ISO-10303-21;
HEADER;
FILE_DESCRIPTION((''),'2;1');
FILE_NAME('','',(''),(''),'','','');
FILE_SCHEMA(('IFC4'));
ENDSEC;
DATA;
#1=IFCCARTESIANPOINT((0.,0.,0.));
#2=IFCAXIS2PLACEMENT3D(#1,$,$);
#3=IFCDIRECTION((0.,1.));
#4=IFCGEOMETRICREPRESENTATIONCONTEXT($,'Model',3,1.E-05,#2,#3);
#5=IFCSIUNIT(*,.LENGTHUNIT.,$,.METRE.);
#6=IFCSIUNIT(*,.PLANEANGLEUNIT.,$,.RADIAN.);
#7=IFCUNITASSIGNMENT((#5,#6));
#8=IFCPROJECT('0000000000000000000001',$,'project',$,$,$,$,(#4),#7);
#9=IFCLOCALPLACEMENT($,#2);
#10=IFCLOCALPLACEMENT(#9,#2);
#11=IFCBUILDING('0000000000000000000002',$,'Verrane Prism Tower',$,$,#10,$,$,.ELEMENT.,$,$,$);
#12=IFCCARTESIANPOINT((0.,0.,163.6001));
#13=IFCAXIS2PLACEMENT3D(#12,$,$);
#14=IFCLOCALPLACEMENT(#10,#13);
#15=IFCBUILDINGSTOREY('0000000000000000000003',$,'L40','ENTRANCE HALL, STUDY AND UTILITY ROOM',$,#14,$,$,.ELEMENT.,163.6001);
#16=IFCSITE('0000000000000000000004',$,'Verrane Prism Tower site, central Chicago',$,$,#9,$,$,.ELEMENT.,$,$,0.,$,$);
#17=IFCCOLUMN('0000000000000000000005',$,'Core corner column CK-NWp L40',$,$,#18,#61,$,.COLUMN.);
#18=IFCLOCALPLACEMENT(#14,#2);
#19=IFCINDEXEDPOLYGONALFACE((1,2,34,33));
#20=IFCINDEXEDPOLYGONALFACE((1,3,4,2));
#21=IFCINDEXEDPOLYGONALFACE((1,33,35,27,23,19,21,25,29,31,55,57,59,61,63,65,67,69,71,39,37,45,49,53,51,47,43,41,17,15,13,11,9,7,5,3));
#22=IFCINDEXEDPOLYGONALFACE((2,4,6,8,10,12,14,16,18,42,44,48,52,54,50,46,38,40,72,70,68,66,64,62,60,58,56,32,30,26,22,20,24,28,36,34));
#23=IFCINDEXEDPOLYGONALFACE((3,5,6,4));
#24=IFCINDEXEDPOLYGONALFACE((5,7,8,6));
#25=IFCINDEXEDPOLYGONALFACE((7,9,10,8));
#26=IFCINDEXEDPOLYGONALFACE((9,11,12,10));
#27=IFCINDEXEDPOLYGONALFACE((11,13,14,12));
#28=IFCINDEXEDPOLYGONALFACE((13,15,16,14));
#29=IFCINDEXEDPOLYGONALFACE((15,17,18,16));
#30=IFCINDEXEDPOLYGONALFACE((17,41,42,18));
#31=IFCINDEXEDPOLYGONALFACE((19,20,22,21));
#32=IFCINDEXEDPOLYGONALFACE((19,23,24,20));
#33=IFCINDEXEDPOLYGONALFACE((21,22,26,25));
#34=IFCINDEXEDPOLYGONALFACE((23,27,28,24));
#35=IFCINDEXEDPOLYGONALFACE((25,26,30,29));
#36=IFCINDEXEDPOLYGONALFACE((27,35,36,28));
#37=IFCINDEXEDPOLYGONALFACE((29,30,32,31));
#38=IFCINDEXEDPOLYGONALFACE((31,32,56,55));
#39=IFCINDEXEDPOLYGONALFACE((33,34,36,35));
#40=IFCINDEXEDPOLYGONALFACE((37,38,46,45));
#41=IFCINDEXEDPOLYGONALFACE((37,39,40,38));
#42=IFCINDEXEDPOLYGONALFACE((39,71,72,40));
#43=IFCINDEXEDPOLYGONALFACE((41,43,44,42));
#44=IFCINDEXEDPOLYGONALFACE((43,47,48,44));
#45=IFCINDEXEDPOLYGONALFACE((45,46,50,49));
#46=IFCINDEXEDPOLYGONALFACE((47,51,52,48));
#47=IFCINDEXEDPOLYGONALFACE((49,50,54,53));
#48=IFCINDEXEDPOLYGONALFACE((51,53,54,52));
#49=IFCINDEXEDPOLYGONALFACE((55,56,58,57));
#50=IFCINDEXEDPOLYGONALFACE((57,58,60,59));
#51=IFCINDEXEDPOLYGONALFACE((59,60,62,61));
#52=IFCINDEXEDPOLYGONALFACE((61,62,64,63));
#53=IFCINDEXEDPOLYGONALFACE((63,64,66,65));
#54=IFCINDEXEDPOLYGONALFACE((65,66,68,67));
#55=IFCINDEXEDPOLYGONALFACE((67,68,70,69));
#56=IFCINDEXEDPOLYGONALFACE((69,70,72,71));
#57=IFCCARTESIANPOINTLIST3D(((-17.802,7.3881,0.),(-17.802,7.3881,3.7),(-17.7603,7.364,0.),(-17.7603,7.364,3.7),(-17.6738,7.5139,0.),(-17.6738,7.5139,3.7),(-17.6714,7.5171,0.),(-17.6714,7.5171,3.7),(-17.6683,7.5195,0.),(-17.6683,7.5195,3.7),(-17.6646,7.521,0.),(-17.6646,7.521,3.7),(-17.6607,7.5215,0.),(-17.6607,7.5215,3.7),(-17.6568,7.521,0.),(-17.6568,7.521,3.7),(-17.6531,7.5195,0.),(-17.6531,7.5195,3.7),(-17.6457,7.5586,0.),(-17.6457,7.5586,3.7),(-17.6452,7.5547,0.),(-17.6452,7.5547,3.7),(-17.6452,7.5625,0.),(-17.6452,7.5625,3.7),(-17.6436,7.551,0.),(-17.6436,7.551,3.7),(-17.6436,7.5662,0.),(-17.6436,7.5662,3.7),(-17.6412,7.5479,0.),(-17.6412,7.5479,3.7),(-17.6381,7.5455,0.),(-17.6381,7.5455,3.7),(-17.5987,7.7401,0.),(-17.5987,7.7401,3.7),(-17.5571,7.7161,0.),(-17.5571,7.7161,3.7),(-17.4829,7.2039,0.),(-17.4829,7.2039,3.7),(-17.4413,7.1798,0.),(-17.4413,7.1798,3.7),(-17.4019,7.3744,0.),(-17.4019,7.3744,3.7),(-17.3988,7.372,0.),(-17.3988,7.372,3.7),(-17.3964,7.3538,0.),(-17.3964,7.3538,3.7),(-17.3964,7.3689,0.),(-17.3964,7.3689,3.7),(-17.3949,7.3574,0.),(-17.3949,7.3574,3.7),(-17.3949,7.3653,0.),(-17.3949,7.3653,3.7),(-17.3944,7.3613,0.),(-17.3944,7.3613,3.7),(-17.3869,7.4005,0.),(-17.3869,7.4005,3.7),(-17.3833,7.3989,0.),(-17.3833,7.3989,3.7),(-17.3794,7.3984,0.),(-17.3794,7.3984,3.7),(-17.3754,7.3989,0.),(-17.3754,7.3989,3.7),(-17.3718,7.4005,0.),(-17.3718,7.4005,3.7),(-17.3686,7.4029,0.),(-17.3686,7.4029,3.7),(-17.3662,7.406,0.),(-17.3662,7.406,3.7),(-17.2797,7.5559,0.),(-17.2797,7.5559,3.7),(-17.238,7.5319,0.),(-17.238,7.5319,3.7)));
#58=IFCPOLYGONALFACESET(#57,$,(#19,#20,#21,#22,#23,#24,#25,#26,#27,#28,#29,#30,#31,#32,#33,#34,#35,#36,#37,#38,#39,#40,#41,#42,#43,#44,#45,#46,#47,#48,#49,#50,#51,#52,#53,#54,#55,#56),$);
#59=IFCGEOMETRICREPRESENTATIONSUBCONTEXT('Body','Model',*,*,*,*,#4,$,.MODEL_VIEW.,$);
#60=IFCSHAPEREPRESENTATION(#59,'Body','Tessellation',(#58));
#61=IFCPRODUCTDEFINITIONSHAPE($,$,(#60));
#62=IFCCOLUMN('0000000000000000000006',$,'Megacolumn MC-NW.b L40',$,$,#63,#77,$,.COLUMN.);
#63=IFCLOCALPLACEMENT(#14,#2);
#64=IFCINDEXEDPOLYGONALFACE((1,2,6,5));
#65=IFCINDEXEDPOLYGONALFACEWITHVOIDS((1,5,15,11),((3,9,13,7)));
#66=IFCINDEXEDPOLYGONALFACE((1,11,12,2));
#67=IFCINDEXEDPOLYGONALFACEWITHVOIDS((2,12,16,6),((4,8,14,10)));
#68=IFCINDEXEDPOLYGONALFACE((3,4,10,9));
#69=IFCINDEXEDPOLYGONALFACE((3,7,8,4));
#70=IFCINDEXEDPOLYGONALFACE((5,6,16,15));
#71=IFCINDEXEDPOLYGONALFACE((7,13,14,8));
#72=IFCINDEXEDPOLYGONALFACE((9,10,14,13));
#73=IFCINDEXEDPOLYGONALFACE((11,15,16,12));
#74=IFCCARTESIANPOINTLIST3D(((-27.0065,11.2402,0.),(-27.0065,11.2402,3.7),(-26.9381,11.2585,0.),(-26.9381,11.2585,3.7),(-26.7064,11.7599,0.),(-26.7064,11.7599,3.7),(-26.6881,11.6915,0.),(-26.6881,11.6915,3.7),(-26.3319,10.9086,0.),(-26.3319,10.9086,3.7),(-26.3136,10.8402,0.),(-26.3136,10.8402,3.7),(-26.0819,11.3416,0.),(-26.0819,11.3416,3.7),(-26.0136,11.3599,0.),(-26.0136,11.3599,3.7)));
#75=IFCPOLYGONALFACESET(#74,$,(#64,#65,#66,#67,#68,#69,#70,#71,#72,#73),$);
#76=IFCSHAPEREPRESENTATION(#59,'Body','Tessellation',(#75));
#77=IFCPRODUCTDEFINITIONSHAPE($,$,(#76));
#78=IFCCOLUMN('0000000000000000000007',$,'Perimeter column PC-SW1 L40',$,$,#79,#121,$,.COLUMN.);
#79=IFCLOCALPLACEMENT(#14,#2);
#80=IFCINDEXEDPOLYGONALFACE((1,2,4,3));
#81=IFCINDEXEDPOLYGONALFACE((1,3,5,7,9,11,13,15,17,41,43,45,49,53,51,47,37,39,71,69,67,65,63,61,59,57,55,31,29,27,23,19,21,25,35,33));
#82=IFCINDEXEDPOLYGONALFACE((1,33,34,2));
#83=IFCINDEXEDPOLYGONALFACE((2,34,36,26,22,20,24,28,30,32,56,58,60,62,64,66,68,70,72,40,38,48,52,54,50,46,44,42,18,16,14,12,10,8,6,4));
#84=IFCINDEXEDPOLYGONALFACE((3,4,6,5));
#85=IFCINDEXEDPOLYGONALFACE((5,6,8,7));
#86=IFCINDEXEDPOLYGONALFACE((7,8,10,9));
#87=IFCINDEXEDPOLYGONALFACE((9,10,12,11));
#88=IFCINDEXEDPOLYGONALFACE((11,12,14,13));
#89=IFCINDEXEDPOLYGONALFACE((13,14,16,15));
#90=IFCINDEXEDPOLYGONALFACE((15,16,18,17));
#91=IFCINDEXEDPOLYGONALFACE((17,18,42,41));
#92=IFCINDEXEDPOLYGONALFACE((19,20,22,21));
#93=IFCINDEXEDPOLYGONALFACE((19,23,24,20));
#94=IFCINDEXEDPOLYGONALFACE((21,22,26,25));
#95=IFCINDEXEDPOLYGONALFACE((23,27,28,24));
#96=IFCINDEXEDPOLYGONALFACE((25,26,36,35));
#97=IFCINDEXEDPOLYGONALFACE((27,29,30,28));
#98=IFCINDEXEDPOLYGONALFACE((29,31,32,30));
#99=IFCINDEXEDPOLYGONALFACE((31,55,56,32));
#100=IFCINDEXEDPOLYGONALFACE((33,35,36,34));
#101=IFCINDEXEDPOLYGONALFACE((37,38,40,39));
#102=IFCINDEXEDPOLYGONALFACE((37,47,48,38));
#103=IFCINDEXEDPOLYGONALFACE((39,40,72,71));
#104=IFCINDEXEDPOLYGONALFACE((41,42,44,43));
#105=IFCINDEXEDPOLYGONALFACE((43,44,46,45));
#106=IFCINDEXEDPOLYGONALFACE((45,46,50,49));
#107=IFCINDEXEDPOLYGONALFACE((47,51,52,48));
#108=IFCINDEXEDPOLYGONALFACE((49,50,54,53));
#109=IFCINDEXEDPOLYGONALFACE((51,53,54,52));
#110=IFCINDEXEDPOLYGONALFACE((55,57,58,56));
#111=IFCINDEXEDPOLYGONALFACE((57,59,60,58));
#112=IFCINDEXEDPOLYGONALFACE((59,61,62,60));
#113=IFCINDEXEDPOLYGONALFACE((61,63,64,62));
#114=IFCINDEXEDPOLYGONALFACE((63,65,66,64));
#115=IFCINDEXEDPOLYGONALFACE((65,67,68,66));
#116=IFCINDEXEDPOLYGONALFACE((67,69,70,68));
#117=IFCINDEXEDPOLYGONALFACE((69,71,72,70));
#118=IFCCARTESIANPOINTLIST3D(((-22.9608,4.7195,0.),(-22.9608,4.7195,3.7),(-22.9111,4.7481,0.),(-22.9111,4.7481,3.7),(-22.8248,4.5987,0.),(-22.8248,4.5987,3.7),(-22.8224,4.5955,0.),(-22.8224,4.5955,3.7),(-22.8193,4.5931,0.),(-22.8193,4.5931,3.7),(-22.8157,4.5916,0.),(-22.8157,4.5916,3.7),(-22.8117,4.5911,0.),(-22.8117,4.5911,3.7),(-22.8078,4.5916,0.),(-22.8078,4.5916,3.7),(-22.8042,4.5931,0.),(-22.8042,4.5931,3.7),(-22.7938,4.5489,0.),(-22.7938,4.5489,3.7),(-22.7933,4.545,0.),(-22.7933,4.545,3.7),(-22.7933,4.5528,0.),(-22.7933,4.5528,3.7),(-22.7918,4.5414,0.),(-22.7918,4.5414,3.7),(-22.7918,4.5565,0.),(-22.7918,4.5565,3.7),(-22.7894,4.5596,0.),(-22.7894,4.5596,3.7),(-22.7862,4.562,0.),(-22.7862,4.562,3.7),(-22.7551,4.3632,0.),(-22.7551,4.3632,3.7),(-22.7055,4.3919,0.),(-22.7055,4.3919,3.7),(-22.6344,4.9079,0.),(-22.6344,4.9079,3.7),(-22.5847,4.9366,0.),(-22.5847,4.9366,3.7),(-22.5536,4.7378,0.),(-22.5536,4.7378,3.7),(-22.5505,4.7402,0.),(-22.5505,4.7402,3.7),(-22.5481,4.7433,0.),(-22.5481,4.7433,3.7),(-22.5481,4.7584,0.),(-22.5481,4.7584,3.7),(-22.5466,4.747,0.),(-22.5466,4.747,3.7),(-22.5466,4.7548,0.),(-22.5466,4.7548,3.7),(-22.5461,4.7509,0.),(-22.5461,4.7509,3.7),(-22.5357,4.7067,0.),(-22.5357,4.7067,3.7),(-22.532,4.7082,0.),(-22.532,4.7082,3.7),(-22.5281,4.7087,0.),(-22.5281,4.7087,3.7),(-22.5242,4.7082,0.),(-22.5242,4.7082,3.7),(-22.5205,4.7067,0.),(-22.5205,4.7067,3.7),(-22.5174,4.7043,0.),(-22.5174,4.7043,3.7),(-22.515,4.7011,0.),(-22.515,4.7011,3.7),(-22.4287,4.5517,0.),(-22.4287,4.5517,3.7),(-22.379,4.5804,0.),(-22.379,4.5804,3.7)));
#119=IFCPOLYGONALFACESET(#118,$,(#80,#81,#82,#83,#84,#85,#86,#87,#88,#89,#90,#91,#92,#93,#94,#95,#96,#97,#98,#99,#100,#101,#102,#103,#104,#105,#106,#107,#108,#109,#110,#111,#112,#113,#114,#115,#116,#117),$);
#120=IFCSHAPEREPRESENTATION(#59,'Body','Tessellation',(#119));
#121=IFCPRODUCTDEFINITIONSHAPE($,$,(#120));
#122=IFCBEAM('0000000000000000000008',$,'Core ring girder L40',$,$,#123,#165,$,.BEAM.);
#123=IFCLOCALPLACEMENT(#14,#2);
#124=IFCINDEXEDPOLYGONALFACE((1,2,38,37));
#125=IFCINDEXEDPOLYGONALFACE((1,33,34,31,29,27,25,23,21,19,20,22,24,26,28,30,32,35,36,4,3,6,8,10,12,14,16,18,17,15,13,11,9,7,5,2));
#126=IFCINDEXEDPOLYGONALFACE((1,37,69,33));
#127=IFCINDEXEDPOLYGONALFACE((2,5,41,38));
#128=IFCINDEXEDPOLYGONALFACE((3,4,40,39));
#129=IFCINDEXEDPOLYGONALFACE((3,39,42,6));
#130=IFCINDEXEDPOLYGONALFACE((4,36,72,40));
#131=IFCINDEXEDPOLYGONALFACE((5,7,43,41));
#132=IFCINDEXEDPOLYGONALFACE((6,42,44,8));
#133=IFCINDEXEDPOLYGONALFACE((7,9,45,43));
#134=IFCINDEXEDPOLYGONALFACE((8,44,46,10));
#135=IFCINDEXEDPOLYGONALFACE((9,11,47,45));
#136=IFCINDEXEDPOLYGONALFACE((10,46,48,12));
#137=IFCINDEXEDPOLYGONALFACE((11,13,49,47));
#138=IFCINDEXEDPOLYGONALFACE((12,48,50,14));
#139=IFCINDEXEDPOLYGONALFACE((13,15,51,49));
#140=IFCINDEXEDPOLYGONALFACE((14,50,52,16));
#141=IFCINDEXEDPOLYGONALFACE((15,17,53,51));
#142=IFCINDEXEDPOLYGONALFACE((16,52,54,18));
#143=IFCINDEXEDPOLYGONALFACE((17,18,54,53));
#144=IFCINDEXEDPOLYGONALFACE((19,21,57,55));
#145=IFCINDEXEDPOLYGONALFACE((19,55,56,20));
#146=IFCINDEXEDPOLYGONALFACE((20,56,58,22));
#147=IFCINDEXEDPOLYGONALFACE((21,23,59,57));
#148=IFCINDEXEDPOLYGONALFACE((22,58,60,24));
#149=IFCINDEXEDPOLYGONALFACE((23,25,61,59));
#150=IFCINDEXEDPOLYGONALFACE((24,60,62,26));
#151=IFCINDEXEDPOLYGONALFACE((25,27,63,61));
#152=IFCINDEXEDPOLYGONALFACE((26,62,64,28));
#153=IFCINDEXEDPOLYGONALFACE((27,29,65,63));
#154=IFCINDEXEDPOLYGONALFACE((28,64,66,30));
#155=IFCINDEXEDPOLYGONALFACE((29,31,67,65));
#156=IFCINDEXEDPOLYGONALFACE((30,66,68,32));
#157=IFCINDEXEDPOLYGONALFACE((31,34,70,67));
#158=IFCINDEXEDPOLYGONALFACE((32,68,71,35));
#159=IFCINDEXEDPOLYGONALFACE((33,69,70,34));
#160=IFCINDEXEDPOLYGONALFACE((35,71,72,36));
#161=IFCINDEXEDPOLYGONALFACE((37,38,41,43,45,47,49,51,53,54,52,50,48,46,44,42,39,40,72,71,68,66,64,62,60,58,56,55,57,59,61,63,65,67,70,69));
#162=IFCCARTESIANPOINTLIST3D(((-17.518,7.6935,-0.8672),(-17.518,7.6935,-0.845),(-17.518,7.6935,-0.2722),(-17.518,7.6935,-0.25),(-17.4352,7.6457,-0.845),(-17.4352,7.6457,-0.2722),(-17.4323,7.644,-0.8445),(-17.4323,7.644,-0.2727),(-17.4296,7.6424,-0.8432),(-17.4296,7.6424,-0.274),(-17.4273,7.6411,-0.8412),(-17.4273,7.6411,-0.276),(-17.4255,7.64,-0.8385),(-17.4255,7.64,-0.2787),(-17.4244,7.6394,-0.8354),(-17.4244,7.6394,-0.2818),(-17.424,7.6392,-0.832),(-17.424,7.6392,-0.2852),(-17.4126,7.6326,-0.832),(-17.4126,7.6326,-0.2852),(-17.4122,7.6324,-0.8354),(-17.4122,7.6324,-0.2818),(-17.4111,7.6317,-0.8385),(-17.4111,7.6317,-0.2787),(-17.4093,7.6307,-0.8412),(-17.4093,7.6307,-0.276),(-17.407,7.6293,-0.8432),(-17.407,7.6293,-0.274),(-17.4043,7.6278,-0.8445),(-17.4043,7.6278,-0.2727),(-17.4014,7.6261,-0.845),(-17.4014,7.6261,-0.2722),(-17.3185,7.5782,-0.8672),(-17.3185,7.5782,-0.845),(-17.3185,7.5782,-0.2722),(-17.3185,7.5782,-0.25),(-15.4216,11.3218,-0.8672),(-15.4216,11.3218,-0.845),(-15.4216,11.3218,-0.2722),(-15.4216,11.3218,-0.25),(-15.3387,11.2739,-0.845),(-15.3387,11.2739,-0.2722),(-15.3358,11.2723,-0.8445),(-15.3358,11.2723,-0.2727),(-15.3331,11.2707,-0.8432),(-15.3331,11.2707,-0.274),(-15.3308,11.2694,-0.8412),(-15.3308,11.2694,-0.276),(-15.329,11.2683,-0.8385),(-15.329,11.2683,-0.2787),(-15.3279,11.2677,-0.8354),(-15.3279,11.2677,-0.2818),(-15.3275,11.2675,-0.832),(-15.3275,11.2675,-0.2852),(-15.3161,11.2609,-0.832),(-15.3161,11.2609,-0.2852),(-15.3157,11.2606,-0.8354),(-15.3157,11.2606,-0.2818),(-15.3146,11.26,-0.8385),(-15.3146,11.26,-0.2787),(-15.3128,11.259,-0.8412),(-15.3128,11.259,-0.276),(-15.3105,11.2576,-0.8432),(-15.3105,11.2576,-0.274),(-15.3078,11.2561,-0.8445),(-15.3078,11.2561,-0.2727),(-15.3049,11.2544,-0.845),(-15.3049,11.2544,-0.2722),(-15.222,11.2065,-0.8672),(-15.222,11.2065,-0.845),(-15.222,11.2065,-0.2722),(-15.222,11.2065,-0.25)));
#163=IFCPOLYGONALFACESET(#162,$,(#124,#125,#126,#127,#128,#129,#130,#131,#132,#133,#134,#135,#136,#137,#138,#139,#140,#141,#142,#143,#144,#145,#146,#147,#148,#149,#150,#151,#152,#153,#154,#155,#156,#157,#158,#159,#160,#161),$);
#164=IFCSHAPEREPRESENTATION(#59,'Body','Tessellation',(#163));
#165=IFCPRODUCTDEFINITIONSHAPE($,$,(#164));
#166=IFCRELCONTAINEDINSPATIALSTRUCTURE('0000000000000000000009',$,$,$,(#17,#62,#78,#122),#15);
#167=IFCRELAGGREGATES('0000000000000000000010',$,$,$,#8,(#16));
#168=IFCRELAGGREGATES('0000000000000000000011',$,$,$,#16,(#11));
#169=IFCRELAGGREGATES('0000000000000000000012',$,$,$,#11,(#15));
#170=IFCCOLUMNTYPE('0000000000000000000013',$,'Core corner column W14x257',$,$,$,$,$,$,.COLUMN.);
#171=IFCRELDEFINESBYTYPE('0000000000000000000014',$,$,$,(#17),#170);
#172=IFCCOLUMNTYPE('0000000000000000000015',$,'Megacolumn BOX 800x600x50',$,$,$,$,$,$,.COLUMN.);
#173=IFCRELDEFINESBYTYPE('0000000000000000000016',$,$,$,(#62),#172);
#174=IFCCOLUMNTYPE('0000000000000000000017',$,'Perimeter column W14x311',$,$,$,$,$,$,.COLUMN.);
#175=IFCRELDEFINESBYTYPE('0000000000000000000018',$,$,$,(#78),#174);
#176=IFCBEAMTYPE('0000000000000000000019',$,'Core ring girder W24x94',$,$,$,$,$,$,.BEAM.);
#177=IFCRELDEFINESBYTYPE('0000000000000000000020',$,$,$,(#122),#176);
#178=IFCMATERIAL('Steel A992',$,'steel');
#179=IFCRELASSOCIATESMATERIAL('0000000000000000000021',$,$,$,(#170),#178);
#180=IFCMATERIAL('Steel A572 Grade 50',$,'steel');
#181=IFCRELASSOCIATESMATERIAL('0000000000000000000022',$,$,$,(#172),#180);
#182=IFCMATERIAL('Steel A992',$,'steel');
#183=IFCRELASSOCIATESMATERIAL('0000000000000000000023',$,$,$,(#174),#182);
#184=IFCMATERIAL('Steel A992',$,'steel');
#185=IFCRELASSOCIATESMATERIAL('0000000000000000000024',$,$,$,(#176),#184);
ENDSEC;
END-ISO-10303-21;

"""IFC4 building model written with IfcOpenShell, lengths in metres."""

from ifc_helpers import new_model, si_unit, direction, frame, origin, origin_2d, place, context, subcontext, project, spatial, hollow_rectangle, i_section, extrude, material, material_profile, profile_set, type_object, element, save


model = new_model("IFC4")

# Units and contexts
model_context = context("Model", 3, precision=1e-05, world=origin(), true_north=direction((0.0, 1.0)))
body_context = subcontext(model_context, "Body", "Model", "MODEL_VIEW")
ifc_project = project(units=[si_unit("LENGTHUNIT", "METRE"), si_unit("PLANEANGLEUNIT", "RADIAN")], contexts=[model_context])

# Site, building, storey
site_placement = place(None, origin())
site = spatial("IfcSite", under=ifc_project, at=site_placement, Name="Verrane Prism Tower site, central Chicago", CompositionType="ELEMENT", RefElevation=0.0)
building_placement = place(site_placement, origin())
building = spatial("IfcBuilding", under=site, at=building_placement, Name="Verrane Prism Tower", CompositionType="ELEMENT")
storey_placement = place(building_placement, frame((0.0, 0.0, 163.6001)))
storey = spatial("IfcBuildingStorey", under=building, at=storey_placement, Name="L40", Description="ENTRANCE HALL, STUDY AND UTILITY ROOM", CompositionType="ELEMENT", Elevation=163.6001)

# Columns
ifc_material_1 = material(Name="Steel A992", Category="steel")
ifc_material_profile_1 = material_profile(ifc_material_1, i_section(OverallWidth=0.4065, OverallDepth=0.4165, WebThickness=0.03, FlangeThickness=0.0481, FilletRadius=0.0151, at=origin_2d()), Name="W14x257")
ifc_profile_set_1 = profile_set([ifc_material_profile_1], Name="Steel A992")
column_type_1 = type_object("IfcColumnType", Name="Core corner column W14x257", PredefinedType="COLUMN", material=ifc_profile_set_1)
column_1_placement = place(storey_placement, frame((-17.52, 7.46, 0.0), z_axis=(0.0, 0.0, 1.0), x_axis=(0.5, 0.866025, 0.0)))
element("IfcColumn", 1, at=column_1_placement, inside=storey, type_object=column_type_1, Name="Core corner column CK-NWp L40", PredefinedType="COLUMN", context=body_context, shape_type="SweptSolid", body=[
    extrude(i_section(OverallWidth=0.4065, OverallDepth=0.4165, WebThickness=0.03, FlangeThickness=0.0481, FilletRadius=0.0151, at=origin_2d()), origin(), (0.0, 0.0, 1.0), 3.7),
])
ifc_material_2 = material(Name="Steel A572 Grade 50", Category="steel")
ifc_material_profile_2 = material_profile(ifc_material_2, hollow_rectangle(XDim=0.6001, YDim=0.8, WallThickness=0.05, at=origin_2d()), Name="BOX 800x600x50")
ifc_profile_set_2 = profile_set([ifc_material_profile_2], Name="Steel A572 Grade 50")
column_type_2 = type_object("IfcColumnType", Name="Megacolumn BOX 800x600x50", PredefinedType="COLUMN", material=ifc_profile_set_2)
column_2_placement = place(storey_placement, frame((-26.51, 11.3, 0.0), z_axis=(0.0, 0.0, 1.0), x_axis=(0.5, 0.866025, 0.0)))
element("IfcColumn", 2, at=column_2_placement, inside=storey, type_object=column_type_2, Name="Megacolumn MC-NW.b L40", PredefinedType="COLUMN", context=body_context, shape_type="SweptSolid", body=[
    extrude(hollow_rectangle(XDim=0.6001, YDim=0.8, WallThickness=0.05, at=origin_2d()), origin(), (0.0, 0.0, 1.0), 3.7),
])
ifc_material_3 = material(Name="Steel A992", Category="steel")
ifc_material_profile_3 = material_profile(ifc_material_3, i_section(OverallWidth=0.4114, OverallDepth=0.4343, WebThickness=0.0359, FlangeThickness=0.0574, FilletRadius=0.0151, at=origin_2d()), Name="W14x311")
ifc_profile_set_3 = profile_set([ifc_material_profile_3], Name="Steel A992")
column_type_3 = type_object("IfcColumnType", Name="Perimeter column W14x311", PredefinedType="COLUMN", material=ifc_profile_set_3)
column_3_placement = place(storey_placement, frame((-22.6699, 4.6499, 0.0), z_axis=(0.0, 0.0, 1.0), x_axis=(-0.5, 0.866025, 0.0)))
element("IfcColumn", 3, at=column_3_placement, inside=storey, type_object=column_type_3, Name="Perimeter column PC-SW1 L40", PredefinedType="COLUMN", context=body_context, shape_type="SweptSolid", body=[
    extrude(i_section(OverallWidth=0.4114, OverallDepth=0.4343, WebThickness=0.0359, FlangeThickness=0.0574, FilletRadius=0.0151, at=origin_2d()), origin(), (0.0, 0.0, 1.0), 3.7),
])

# Beam
ifc_material_4 = material(Name="Steel A992", Category="steel")
ifc_material_profile_4 = material_profile(ifc_material_4, i_section(OverallWidth=0.2305, OverallDepth=0.6172, WebThickness=0.0132, FlangeThickness=0.0222, FilletRadius=0.0129, at=origin_2d()), Name="W24x94")
ifc_profile_set_4 = profile_set([ifc_material_profile_4], Name="Steel A992")
beam_type_1 = type_object("IfcBeamType", Name="Core ring girder W24x94", PredefinedType="BEAM", material=ifc_profile_set_4)
beam_1_placement = place(storey_placement, frame((-15.3218, 11.2642, -0.5586), z_axis=(-0.500306, -0.865849, 0.0), x_axis=(0.865849, -0.500306, 0.0)))
element("IfcBeam", 4, at=beam_1_placement, inside=storey, type_object=beam_type_1, Name="Core ring girder L40", PredefinedType="BEAM", context=body_context, shape_type="SweptSolid", body=[
    extrude(i_section(OverallWidth=0.2305, OverallDepth=0.6172, WebThickness=0.0132, FlangeThickness=0.0222, FilletRadius=0.0129, at=origin_2d()), origin(), (0.0, 0.0, 1.0), 4.1904),
])

save(model, "model.ifc")
